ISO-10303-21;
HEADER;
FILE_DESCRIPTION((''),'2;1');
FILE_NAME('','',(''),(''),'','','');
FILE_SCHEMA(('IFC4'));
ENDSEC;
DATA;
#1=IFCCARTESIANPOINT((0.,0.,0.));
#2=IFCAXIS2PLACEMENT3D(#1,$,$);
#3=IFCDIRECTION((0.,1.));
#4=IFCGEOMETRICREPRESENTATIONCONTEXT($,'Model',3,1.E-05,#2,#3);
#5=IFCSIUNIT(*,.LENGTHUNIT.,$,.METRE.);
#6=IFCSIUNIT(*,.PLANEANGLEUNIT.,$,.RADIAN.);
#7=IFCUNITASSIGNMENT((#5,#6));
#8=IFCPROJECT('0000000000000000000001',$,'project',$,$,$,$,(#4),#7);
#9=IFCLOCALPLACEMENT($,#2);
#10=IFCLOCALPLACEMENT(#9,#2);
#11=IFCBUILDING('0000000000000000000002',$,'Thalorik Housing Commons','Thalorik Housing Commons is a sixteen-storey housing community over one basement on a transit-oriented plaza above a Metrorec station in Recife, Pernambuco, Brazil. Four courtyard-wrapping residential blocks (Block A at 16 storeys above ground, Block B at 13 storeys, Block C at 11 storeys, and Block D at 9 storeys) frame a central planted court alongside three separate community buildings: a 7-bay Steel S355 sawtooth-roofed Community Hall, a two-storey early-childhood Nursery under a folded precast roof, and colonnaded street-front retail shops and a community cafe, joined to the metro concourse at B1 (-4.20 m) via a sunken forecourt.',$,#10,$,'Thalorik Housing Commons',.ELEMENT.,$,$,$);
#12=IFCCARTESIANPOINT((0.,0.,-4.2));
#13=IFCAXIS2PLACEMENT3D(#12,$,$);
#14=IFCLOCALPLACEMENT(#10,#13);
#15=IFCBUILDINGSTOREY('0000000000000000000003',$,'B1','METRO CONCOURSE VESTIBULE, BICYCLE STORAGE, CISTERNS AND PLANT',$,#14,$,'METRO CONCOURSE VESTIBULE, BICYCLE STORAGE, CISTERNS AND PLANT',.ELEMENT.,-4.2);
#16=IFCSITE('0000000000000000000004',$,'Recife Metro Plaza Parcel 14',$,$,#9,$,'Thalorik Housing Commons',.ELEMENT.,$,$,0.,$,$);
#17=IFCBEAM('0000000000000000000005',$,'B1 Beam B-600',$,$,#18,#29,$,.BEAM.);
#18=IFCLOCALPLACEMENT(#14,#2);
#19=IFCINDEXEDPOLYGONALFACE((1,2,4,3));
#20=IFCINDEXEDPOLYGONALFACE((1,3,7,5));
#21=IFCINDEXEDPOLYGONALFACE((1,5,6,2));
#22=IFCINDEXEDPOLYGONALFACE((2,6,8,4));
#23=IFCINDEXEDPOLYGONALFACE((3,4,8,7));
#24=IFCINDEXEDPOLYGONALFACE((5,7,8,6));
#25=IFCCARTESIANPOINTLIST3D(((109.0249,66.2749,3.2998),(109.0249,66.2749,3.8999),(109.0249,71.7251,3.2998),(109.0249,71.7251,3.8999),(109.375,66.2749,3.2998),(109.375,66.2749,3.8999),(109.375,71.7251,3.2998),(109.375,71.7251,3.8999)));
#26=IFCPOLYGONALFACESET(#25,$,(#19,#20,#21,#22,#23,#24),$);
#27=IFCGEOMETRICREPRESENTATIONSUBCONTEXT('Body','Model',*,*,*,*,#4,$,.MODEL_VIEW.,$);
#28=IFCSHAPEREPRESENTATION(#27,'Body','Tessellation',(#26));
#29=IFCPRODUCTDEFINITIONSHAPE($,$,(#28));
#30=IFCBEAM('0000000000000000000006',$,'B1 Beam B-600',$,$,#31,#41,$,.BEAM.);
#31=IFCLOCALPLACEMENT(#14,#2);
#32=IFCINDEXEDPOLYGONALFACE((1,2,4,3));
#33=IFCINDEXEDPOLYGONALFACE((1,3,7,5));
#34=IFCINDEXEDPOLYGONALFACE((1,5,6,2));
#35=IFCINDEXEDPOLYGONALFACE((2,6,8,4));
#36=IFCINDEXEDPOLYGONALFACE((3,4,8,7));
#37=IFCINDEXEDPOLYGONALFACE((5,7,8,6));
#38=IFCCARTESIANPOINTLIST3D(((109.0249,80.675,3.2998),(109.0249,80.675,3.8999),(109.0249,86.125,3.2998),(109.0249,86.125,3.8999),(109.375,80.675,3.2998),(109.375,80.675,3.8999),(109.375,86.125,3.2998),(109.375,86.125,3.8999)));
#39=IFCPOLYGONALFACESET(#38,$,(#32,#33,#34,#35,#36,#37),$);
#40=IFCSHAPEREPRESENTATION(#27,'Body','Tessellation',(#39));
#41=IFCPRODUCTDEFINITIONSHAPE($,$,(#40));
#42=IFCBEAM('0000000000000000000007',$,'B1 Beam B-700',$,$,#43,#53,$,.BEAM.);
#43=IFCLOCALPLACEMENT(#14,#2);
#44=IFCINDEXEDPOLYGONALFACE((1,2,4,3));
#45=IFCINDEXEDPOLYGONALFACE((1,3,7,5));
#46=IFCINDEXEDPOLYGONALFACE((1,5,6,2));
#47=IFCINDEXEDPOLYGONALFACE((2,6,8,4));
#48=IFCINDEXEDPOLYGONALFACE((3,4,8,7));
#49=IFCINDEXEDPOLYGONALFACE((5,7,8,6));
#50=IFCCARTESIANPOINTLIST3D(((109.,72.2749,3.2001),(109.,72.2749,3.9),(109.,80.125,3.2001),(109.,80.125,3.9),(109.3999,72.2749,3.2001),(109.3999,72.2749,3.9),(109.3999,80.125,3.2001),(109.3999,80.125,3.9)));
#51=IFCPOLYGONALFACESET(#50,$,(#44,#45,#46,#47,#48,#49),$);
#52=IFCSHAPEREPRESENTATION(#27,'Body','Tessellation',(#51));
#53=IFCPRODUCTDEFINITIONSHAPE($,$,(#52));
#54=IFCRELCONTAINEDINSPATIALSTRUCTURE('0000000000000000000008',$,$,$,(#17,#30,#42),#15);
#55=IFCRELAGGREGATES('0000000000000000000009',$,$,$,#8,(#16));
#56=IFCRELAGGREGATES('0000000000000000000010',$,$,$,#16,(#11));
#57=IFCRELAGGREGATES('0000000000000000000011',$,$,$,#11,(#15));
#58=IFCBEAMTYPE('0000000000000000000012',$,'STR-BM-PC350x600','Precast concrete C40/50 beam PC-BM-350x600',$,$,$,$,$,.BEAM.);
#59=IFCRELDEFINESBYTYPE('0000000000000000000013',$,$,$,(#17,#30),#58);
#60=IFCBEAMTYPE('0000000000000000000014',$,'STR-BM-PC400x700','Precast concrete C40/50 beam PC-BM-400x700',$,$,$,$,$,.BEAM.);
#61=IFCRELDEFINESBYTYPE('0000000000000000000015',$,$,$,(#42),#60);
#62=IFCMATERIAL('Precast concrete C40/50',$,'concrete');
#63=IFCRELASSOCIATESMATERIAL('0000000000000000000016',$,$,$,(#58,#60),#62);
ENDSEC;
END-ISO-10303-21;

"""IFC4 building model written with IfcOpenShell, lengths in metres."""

from ifc_helpers import new_model, si_unit, direction, frame, origin, origin_2d, place, context, subcontext, project, spatial, rectangle, extrude, material, material_profile, profile_set, type_object, element, save


model = new_model("IFC4")

# Units and contexts
model_context = context("Model", 3, precision=1e-05, world=origin(), true_north=direction((0.0, 1.0)))
body_context = subcontext(model_context, "Body", "Model", "MODEL_VIEW")
ifc_project = project(units=[si_unit("LENGTHUNIT", "METRE"), si_unit("PLANEANGLEUNIT", "RADIAN")], contexts=[model_context])

# Site, building, storey
site_placement = place(None, origin())
site = spatial("IfcSite", under=ifc_project, at=site_placement, Name="Recife Metro Plaza Parcel 14", LongName="Thalorik Housing Commons", CompositionType="ELEMENT", RefElevation=0.0)
building_placement = place(site_placement, origin())
building = spatial("IfcBuilding", under=site, at=building_placement, Name="Thalorik Housing Commons", Description="Thalorik Housing Commons is a sixteen-storey housing community over one basement on a transit-oriented plaza above a Metrorec station in Recife, Pernambuco, Brazil. Four courtyard-wrapping residential blocks (Block A at 16 storeys above ground, Block B at 13 storeys, Block C at 11 storeys, and Block D at 9 storeys) frame a central planted court alongside three separate community buildings: a 7-bay Steel S355 sawtooth-roofed Community Hall, a two-storey early-childhood Nursery under a folded precast roof, and colonnaded street-front retail shops and a community cafe, joined to the metro concourse at B1 (-4.20 m) via a sunken forecourt.", LongName="Thalorik Housing Commons", CompositionType="ELEMENT")
storey_placement = place(building_placement, frame((0.0, 0.0, -4.2)))
storey = spatial("IfcBuildingStorey", under=building, at=storey_placement, Name="B1", Description="METRO CONCOURSE VESTIBULE, BICYCLE STORAGE, CISTERNS AND PLANT", LongName="METRO CONCOURSE VESTIBULE, BICYCLE STORAGE, CISTERNS AND PLANT", CompositionType="ELEMENT", Elevation=-4.2)

# Shared definitions
ifc_material_1 = material(Name="Precast concrete C40/50", Category="concrete")

# Beams
ifc_material_profile_1 = material_profile(ifc_material_1, rectangle(XDim=0.3501, YDim=0.6001, at=origin_2d()), Name="PC 350x600", Category="concrete")
ifc_profile_set_1 = profile_set([ifc_material_profile_1], Name="Precast concrete C40/50")
beam_type_1 = type_object("IfcBeamType", Name="STR-BM-PC350x600", Description="Precast concrete C40/50 beam PC-BM-350x600", PredefinedType="BEAM", material=ifc_profile_set_1)
beam_1_placement = place(storey_placement, frame((109.2, 66.2749, 3.5999), z_axis=(0.0, 1.0, 0.0), x_axis=(-1.0, 0.0, 0.0)))
element("IfcBeam", 1, at=beam_1_placement, inside=storey, type_object=beam_type_1, Name="B1 Beam B-600", PredefinedType="BEAM", context=body_context, shape_type="SweptSolid", body=[
    extrude(rectangle(XDim=0.3501, YDim=0.6001, at=origin_2d()), origin(), (0.0, 0.0, 1.0), 5.4502),
])
beam_2_placement = place(storey_placement, frame((109.2, 80.675, 3.5999), z_axis=(0.0, 1.0, 0.0), x_axis=(-1.0, 0.0, 0.0)))
element("IfcBeam", 2, at=beam_2_placement, inside=storey, type_object=beam_type_1, Name="B1 Beam B-600", PredefinedType="BEAM", context=body_context, shape_type="SweptSolid", body=[
    extrude(rectangle(XDim=0.3501, YDim=0.6001, at=origin_2d()), origin(), (0.0, 0.0, 1.0), 5.45),
])
ifc_material_profile_2 = material_profile(ifc_material_1, rectangle(XDim=0.3999, YDim=0.7, at=origin_2d()), Name="PC 400x700", Category="concrete")
ifc_profile_set_2 = profile_set([ifc_material_profile_2], Name="Precast concrete C40/50")
beam_type_2 = type_object("IfcBeamType", Name="STR-BM-PC400x700", Description="Precast concrete C40/50 beam PC-BM-400x700", PredefinedType="BEAM", material=ifc_profile_set_2)
beam_3_placement = place(storey_placement, frame((109.2, 72.2749, 3.55), z_axis=(0.0, 1.0, 0.0), x_axis=(-1.0, 0.0, 0.0)))
element("IfcBeam", 3, at=beam_3_placement, inside=storey, type_object=beam_type_2, Name="B1 Beam B-700", PredefinedType="BEAM", context=body_context, shape_type="SweptSolid", body=[
    extrude(rectangle(XDim=0.3999, YDim=0.7, at=origin_2d()), origin(), (0.0, 0.0, 1.0), 7.8501),
])

save(model, "model.ifc")
